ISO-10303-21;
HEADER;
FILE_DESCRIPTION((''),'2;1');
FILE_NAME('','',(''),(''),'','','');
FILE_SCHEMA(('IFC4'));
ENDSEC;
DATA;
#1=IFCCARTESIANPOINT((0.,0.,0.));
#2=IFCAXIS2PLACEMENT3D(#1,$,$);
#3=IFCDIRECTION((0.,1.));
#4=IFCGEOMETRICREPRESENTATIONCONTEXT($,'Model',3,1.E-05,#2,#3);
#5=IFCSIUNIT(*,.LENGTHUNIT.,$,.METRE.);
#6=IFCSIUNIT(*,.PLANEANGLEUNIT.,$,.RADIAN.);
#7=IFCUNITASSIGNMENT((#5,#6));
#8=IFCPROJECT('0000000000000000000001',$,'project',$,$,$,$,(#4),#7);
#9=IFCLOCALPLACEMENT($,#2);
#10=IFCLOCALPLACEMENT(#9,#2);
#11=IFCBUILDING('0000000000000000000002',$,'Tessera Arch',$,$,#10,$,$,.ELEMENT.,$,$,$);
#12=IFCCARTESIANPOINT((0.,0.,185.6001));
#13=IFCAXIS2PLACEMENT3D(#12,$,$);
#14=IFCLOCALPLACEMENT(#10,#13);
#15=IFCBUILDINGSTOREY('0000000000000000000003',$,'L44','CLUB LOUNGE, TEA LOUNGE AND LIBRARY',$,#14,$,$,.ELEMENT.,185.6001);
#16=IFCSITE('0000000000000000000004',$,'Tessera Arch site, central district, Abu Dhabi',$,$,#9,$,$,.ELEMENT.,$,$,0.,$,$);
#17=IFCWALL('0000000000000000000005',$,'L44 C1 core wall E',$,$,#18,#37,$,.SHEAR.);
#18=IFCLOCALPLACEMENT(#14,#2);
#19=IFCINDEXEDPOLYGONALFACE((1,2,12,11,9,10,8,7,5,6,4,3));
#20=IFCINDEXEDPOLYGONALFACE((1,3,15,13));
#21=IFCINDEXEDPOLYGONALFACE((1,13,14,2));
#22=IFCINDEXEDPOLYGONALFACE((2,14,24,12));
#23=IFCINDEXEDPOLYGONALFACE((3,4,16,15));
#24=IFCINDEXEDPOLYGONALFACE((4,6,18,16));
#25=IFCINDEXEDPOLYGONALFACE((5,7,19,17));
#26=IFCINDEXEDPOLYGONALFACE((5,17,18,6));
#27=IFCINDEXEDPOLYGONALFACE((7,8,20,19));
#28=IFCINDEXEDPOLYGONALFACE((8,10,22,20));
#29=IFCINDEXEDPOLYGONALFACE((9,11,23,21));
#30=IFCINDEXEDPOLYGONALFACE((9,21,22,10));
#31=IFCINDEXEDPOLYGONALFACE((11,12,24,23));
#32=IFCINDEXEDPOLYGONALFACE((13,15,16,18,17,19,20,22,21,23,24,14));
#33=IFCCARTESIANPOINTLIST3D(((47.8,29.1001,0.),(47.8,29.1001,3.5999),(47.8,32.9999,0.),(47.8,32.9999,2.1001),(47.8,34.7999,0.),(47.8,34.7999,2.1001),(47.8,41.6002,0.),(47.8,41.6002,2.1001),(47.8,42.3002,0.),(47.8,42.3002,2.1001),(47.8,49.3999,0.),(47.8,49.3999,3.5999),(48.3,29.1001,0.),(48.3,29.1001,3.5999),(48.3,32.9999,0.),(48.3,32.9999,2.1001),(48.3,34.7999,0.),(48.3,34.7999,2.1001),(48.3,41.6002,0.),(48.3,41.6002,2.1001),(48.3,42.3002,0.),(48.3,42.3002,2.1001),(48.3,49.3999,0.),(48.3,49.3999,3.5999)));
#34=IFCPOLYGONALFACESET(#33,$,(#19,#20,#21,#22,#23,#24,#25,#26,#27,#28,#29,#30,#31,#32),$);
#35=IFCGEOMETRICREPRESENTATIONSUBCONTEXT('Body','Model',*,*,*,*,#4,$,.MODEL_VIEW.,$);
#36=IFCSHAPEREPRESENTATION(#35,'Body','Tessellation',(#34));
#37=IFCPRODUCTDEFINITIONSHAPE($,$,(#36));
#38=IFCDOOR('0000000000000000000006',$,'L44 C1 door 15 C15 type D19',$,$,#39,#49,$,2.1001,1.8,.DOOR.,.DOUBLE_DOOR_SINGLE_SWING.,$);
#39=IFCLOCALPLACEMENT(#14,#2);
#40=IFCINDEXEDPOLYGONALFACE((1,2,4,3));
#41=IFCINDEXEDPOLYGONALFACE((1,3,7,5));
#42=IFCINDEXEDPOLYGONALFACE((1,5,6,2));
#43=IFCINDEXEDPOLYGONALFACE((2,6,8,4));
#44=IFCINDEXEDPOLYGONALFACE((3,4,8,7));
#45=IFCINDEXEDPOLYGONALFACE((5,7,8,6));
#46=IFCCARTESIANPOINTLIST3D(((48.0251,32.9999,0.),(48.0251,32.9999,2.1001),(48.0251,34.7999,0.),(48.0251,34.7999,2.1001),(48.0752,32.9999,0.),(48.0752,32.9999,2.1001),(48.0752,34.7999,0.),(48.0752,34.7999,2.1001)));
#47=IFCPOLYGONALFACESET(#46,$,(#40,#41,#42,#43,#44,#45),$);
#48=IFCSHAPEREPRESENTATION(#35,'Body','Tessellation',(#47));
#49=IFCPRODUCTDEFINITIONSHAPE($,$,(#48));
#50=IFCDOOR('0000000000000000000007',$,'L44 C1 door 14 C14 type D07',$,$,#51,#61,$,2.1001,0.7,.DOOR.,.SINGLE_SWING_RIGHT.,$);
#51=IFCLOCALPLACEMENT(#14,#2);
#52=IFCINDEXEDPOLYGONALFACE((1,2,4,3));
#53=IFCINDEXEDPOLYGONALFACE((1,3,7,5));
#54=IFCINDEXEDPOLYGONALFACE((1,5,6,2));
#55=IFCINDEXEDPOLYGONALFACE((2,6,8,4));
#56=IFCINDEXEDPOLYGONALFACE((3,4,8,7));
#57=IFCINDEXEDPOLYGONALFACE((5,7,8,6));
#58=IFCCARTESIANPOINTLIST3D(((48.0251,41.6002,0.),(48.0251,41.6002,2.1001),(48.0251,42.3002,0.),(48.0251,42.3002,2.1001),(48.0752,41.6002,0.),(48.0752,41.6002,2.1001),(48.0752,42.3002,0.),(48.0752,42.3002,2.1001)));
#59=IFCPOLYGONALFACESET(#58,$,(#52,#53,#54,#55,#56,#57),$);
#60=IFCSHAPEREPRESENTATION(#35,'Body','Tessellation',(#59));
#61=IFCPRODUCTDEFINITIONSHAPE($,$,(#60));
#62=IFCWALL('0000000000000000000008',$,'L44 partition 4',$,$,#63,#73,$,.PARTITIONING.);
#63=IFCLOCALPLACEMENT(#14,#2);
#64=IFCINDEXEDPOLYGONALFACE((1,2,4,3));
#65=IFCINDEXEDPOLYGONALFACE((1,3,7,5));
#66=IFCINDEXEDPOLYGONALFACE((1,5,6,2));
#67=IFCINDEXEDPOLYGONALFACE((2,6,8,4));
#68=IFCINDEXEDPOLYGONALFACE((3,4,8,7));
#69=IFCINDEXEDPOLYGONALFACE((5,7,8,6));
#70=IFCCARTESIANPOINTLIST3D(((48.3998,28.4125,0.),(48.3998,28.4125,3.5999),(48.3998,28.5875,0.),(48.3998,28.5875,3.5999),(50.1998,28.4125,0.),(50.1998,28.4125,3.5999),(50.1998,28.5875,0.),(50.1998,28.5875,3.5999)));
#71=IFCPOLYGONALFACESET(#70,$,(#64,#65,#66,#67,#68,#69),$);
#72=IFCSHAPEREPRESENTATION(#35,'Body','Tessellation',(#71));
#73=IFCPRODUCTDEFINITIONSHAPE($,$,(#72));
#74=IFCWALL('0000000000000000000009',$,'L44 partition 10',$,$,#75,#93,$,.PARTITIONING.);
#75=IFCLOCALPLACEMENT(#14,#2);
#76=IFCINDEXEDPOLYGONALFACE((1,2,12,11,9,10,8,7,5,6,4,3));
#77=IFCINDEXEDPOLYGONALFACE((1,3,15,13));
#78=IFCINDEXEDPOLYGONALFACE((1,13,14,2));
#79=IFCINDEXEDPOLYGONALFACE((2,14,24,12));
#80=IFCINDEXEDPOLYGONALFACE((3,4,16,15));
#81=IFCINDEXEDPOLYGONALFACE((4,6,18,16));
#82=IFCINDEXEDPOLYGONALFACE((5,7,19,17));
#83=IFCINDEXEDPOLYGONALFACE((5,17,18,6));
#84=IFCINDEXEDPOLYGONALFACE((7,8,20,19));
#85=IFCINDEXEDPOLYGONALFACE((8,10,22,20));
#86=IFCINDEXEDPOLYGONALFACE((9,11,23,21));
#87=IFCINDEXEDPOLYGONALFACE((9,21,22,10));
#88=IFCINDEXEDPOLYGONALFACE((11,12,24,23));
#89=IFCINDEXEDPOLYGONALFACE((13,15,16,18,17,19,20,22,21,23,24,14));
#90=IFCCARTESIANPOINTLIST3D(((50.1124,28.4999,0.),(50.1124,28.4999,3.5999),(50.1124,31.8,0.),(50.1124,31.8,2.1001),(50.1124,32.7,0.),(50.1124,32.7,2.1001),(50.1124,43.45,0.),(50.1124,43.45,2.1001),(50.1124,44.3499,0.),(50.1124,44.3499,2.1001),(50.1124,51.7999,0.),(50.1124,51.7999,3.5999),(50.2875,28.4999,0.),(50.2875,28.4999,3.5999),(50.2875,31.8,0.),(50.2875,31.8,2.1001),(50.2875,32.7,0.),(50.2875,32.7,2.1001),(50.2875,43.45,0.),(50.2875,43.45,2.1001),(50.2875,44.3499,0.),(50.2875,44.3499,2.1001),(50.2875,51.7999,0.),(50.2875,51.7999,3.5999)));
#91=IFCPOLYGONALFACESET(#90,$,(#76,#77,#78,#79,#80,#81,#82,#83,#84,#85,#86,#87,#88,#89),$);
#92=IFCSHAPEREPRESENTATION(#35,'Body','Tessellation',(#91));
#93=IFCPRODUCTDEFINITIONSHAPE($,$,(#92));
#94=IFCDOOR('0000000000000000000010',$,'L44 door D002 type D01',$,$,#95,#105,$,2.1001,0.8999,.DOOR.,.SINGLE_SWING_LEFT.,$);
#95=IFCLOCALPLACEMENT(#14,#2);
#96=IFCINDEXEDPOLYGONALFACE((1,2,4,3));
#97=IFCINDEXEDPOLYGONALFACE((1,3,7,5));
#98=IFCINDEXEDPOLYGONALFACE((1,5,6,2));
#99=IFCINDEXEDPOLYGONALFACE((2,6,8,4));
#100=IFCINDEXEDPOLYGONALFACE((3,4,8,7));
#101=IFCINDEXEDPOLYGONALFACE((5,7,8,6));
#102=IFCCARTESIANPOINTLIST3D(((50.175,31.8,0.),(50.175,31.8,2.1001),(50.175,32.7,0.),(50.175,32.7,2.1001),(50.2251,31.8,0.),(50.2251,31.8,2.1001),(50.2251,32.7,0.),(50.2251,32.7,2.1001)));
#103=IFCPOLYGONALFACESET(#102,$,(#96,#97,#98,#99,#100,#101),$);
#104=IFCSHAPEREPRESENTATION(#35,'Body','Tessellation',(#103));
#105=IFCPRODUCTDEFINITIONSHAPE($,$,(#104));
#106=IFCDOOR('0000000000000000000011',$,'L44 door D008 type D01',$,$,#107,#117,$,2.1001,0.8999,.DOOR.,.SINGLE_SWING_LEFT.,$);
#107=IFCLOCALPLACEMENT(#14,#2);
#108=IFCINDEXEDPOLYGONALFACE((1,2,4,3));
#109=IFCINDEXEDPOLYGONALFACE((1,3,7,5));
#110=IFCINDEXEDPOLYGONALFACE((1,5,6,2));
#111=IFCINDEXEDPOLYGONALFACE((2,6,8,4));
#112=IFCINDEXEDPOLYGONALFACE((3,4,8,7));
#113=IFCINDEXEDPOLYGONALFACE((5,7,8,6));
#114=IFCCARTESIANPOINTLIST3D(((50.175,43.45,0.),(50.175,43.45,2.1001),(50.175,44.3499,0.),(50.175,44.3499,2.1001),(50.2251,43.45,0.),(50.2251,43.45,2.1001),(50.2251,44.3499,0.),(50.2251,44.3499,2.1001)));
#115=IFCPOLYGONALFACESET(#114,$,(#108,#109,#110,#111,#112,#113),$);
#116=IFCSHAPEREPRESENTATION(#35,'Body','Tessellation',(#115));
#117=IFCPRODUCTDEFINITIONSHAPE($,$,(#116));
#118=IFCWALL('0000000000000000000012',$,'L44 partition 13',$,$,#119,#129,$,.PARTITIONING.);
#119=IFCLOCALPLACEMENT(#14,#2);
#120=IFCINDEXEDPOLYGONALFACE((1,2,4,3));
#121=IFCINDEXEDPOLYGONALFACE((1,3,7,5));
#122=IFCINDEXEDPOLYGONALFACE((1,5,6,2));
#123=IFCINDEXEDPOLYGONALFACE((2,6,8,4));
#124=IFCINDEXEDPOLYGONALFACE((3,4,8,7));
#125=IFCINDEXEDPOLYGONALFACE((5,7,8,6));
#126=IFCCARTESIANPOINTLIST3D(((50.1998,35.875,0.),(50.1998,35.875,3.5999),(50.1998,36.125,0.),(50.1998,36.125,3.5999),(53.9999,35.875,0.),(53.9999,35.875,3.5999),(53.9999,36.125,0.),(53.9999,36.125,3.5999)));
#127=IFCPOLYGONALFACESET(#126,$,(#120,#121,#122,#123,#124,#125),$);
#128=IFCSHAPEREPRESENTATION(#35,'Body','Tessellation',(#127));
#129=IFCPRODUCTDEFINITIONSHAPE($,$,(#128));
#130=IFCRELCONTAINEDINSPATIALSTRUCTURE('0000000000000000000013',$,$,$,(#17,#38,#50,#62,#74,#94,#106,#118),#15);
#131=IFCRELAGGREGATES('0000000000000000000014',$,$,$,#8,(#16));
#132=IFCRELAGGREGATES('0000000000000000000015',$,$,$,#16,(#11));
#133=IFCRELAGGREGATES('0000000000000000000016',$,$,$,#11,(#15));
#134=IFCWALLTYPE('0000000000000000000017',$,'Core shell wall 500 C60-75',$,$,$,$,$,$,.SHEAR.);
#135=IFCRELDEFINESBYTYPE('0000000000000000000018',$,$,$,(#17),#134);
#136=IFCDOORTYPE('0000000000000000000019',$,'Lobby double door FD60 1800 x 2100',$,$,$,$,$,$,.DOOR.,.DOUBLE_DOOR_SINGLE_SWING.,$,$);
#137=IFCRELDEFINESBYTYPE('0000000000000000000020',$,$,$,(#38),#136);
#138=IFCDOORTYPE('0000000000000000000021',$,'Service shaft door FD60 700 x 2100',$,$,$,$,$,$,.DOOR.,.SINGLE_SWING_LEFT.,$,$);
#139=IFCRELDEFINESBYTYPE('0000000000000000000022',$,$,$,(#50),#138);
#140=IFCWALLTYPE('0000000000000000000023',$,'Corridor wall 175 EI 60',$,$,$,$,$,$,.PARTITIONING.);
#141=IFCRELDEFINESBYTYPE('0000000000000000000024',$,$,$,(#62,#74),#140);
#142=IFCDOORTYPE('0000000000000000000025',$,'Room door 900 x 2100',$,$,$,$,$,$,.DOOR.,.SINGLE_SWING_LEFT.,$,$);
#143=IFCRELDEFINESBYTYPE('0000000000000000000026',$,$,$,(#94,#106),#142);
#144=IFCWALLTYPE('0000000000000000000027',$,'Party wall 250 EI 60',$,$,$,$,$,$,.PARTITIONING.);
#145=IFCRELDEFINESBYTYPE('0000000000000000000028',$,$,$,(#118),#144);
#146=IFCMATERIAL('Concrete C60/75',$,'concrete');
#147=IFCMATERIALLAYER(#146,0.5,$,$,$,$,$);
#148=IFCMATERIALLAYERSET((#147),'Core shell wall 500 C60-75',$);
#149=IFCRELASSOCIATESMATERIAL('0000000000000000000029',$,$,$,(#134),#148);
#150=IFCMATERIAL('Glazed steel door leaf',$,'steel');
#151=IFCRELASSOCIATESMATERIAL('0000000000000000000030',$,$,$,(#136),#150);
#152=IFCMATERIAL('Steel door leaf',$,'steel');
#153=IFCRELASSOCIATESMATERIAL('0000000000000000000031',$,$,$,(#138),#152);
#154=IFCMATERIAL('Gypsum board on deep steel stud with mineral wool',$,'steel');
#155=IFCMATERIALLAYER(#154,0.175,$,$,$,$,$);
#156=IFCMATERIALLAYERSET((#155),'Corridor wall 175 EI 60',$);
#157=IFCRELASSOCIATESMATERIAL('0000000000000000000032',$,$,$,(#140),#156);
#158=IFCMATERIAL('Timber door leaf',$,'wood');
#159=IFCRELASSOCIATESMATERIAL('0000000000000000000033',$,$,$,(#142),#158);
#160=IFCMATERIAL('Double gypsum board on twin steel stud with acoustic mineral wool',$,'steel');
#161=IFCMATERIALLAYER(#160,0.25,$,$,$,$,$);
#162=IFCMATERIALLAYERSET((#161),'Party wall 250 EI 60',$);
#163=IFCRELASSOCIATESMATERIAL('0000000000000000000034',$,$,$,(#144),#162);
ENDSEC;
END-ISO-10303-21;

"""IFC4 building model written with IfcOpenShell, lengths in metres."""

from ifc_helpers import new_model, si_unit, direction, frame, frame_2d, origin, place, context, subcontext, project, spatial, rectangle, extrude, material, layer, layer_set, type_object, element, fill, save


model = new_model("IFC4")

# Units and contexts
model_context = context("Model", 3, precision=1e-05, world=origin(), true_north=direction((0.0, 1.0)))
body_context = subcontext(model_context, "Body", "Model", "MODEL_VIEW")
ifc_project = project(units=[si_unit("LENGTHUNIT", "METRE"), si_unit("PLANEANGLEUNIT", "RADIAN")], contexts=[model_context])

# Site, building, storey
site_placement = place(None, origin())
site = spatial("IfcSite", under=ifc_project, at=site_placement, Name="Tessera Arch site, central district, Abu Dhabi", CompositionType="ELEMENT", RefElevation=0.0)
building_placement = place(site_placement, origin())
building = spatial("IfcBuilding", under=site, at=building_placement, Name="Tessera Arch", CompositionType="ELEMENT")
storey_placement = place(building_placement, frame((0.0, 0.0, 185.6001)))
storey = spatial("IfcBuildingStorey", under=building, at=storey_placement, Name="L44", Description="CLUB LOUNGE, TEA LOUNGE AND LIBRARY", CompositionType="ELEMENT", Elevation=185.6001)

# Wall, openings, doors
ifc_material_1 = material(Name="Concrete C60/75", Category="concrete")
ifc_layer_1 = layer(ifc_material_1, 0.5)
ifc_layer_set_1 = layer_set([ifc_layer_1], Name="Core shell wall 500 C60-75")
wall_type_1 = type_object("IfcWallType", Name="Core shell wall 500 C60-75", PredefinedType="SHEAR", material=ifc_layer_set_1)
wall_1_placement = place(storey_placement, frame((48.05, 29.1001, 0.0), z_axis=(0.0, 0.0, 1.0), x_axis=(0.0, 1.0, 0.0)))
wall_1 = element("IfcWall", 1, at=wall_1_placement, inside=storey, type_object=wall_type_1, Name="L44 C1 core wall E", PredefinedType="SHEAR", context=body_context, shape_type="SweptSolid", body=[
    extrude(rectangle(XDim=20.2998, YDim=0.5, at=frame_2d((10.1499, 0.0))), origin(), (0.0, 0.0, 1.0), 3.5999),
])
opening_1_placement = place(wall_1_placement, frame((12.5, 0.0, 0.0)))
opening_1 = element("IfcOpeningElement", 2, at=opening_1_placement, cuts=wall_1, PredefinedType="OPENING", context=body_context, shape_type="SweptSolid", body=[
    extrude(rectangle(XDim=0.7, YDim=2.1001, at=frame_2d((0.3501, 1.05))), frame((0.0, 0.26, 0.0), z_axis=(0.0, -1.0, 0.0), x_axis=(1.0, 0.0, 0.0)), (0.0, 0.0, 1.0), 0.52),
])
opening_2_placement = place(wall_1_placement, frame((3.8999, 0.0, 0.0)))
opening_2 = element("IfcOpeningElement", 3, at=opening_2_placement, cuts=wall_1, PredefinedType="OPENING", context=body_context, shape_type="SweptSolid", body=[
    extrude(rectangle(XDim=1.8, YDim=2.1001, at=frame_2d((0.8999, 1.05))), frame((0.0, 0.26, 0.0), z_axis=(0.0, -1.0, 0.0), x_axis=(1.0, 0.0, 0.0)), (0.0, 0.0, 1.0), 0.52),
])
ifc_material_2 = material(Name="Glazed steel door leaf", Category="steel")
door_type_1 = type_object("IfcDoorType", Name="Lobby double door FD60 1800 x 2100", OperationType="DOUBLE_DOOR_SINGLE_SWING", PredefinedType="DOOR", material=ifc_material_2)
door_1_placement = place(opening_2_placement, origin())
door_1 = element("IfcDoor", 4, at=door_1_placement, inside=storey, type_object=door_type_1, Name="L44 C1 door 15 C15 type D19", OperationType="DOUBLE_DOOR_SINGLE_SWING", OverallHeight=2.1001, OverallWidth=1.8, PredefinedType="DOOR", context=body_context, shape_type="SweptSolid", body=[
    extrude(rectangle(XDim=1.8, YDim=2.1001, at=frame_2d((0.8999, 1.05))), frame((0.0, 0.0249, 0.0), z_axis=(0.0, -1.0, 0.0), x_axis=(1.0, 0.0, 0.0)), (0.0, 0.0, 1.0), 0.05),
])
fill(opening_2, door_1)
ifc_material_3 = material(Name="Steel door leaf", Category="steel")
door_type_2 = type_object("IfcDoorType", Name="Service shaft door FD60 700 x 2100", OperationType="SINGLE_SWING_LEFT", PredefinedType="DOOR", material=ifc_material_3)
door_2_placement = place(opening_1_placement, origin())
door_2 = element("IfcDoor", 5, at=door_2_placement, inside=storey, type_object=door_type_2, Name="L44 C1 door 14 C14 type D07", OperationType="SINGLE_SWING_RIGHT", OverallHeight=2.1001, OverallWidth=0.7, PredefinedType="DOOR", context=body_context, shape_type="SweptSolid", body=[
    extrude(rectangle(XDim=0.7, YDim=2.1001, at=frame_2d((0.3501, 1.05))), frame((0.0, 0.0249, 0.0), z_axis=(0.0, -1.0, 0.0), x_axis=(1.0, 0.0, 0.0)), (0.0, 0.0, 1.0), 0.05),
])
fill(opening_1, door_2)

# Wall
ifc_material_4 = material(Name="Gypsum board on deep steel stud with mineral wool", Category="steel")
ifc_layer_2 = layer(ifc_material_4, 0.175)
ifc_layer_set_2 = layer_set([ifc_layer_2], Name="Corridor wall 175 EI 60")
wall_type_2 = type_object("IfcWallType", Name="Corridor wall 175 EI 60", PredefinedType="PARTITIONING", material=ifc_layer_set_2)
wall_2_placement = place(storey_placement, frame((48.3999, 28.5, 0.0), z_axis=(0.0, 0.0, 1.0), x_axis=(1.0, 0.0, 0.0)))
element("IfcWall", 6, at=wall_2_placement, inside=storey, type_object=wall_type_2, Name="L44 partition 4", PredefinedType="PARTITIONING", context=body_context, shape_type="SweptSolid", body=[
    extrude(rectangle(XDim=1.8, YDim=0.175, at=frame_2d((0.8999, 0.0))), origin(), (0.0, 0.0, 1.0), 3.5999),
])

# Wall, openings, doors
wall_3_placement = place(storey_placement, frame((50.2, 28.5, 0.0), z_axis=(0.0, 0.0, 1.0), x_axis=(0.0, 1.0, 0.0)))
wall_3 = element("IfcWall", 7, at=wall_3_placement, inside=storey, type_object=wall_type_2, Name="L44 partition 10", PredefinedType="PARTITIONING", context=body_context, shape_type="SweptSolid", body=[
    extrude(rectangle(XDim=23.3, YDim=0.175, at=frame_2d((11.6499, 0.0))), origin(), (0.0, 0.0, 1.0), 3.5999),
])
opening_3_placement = place(wall_3_placement, frame((3.3, 0.0, 0.0)))
opening_3 = element("IfcOpeningElement", 8, at=opening_3_placement, cuts=wall_3, PredefinedType="OPENING", context=body_context, shape_type="SweptSolid", body=[
    extrude(rectangle(XDim=0.8999, YDim=2.1001, at=frame_2d((0.45, 1.05))), frame((0.0, 0.0974, 0.0), z_axis=(0.0, -1.0, 0.0), x_axis=(1.0, 0.0, 0.0)), (0.0, 0.0, 1.0), 0.1951),
])
opening_4_placement = place(wall_3_placement, frame((14.95, 0.0, 0.0)))
opening_4 = element("IfcOpeningElement", 9, at=opening_4_placement, cuts=wall_3, PredefinedType="OPENING", context=body_context, shape_type="SweptSolid", body=[
    extrude(rectangle(XDim=0.8999, YDim=2.1001, at=frame_2d((0.45, 1.05))), frame((0.0, 0.0974, 0.0), z_axis=(0.0, -1.0, 0.0), x_axis=(1.0, 0.0, 0.0)), (0.0, 0.0, 1.0), 0.1951),
])
ifc_material_5 = material(Name="Timber door leaf", Category="wood")
door_type_3 = type_object("IfcDoorType", Name="Room door 900 x 2100", OperationType="SINGLE_SWING_LEFT", PredefinedType="DOOR", material=ifc_material_5)
door_3_placement = place(opening_3_placement, origin())
door_3 = element("IfcDoor", 10, at=door_3_placement, inside=storey, type_object=door_type_3, Name="L44 door D002 type D01", OperationType="SINGLE_SWING_LEFT", OverallHeight=2.1001, OverallWidth=0.8999, PredefinedType="DOOR", context=body_context, shape_type="SweptSolid", body=[
    extrude(rectangle(XDim=0.8999, YDim=2.1001, at=frame_2d((0.45, 1.05))), frame((0.0, 0.0249, 0.0), z_axis=(0.0, -1.0, 0.0), x_axis=(1.0, 0.0, 0.0)), (0.0, 0.0, 1.0), 0.05),
])
fill(opening_3, door_3)
door_4_placement = place(opening_4_placement, origin())
door_4 = element("IfcDoor", 11, at=door_4_placement, inside=storey, type_object=door_type_3, Name="L44 door D008 type D01", OperationType="SINGLE_SWING_LEFT", OverallHeight=2.1001, OverallWidth=0.8999, PredefinedType="DOOR", context=body_context, shape_type="SweptSolid", body=[
    extrude(rectangle(XDim=0.8999, YDim=2.1001, at=frame_2d((0.45, 1.05))), frame((0.0, 0.0249, 0.0), z_axis=(0.0, -1.0, 0.0), x_axis=(1.0, 0.0, 0.0)), (0.0, 0.0, 1.0), 0.05),
])
fill(opening_4, door_4)

# Wall
ifc_material_6 = material(Name="Double gypsum board on twin steel stud with acoustic mineral wool", Category="steel")
ifc_layer_3 = layer(ifc_material_6, 0.25)
ifc_layer_set_3 = layer_set([ifc_layer_3], Name="Party wall 250 EI 60")
wall_type_3 = type_object("IfcWallType", Name="Party wall 250 EI 60", PredefinedType="PARTITIONING", material=ifc_layer_set_3)
wall_4_placement = place(storey_placement, frame((50.2, 36.0, 0.0), z_axis=(0.0, 0.0, 1.0), x_axis=(1.0, 0.0, 0.0)))
element("IfcWall", 12, at=wall_4_placement, inside=storey, type_object=wall_type_3, Name="L44 partition 13", PredefinedType="PARTITIONING", context=body_context, shape_type="SweptSolid", body=[
    extrude(rectangle(XDim=3.8, YDim=0.25, at=frame_2d((1.8999, 0.0))), origin(), (0.0, 0.0, 1.0), 3.5999),
])

save(model, "model.ifc")
